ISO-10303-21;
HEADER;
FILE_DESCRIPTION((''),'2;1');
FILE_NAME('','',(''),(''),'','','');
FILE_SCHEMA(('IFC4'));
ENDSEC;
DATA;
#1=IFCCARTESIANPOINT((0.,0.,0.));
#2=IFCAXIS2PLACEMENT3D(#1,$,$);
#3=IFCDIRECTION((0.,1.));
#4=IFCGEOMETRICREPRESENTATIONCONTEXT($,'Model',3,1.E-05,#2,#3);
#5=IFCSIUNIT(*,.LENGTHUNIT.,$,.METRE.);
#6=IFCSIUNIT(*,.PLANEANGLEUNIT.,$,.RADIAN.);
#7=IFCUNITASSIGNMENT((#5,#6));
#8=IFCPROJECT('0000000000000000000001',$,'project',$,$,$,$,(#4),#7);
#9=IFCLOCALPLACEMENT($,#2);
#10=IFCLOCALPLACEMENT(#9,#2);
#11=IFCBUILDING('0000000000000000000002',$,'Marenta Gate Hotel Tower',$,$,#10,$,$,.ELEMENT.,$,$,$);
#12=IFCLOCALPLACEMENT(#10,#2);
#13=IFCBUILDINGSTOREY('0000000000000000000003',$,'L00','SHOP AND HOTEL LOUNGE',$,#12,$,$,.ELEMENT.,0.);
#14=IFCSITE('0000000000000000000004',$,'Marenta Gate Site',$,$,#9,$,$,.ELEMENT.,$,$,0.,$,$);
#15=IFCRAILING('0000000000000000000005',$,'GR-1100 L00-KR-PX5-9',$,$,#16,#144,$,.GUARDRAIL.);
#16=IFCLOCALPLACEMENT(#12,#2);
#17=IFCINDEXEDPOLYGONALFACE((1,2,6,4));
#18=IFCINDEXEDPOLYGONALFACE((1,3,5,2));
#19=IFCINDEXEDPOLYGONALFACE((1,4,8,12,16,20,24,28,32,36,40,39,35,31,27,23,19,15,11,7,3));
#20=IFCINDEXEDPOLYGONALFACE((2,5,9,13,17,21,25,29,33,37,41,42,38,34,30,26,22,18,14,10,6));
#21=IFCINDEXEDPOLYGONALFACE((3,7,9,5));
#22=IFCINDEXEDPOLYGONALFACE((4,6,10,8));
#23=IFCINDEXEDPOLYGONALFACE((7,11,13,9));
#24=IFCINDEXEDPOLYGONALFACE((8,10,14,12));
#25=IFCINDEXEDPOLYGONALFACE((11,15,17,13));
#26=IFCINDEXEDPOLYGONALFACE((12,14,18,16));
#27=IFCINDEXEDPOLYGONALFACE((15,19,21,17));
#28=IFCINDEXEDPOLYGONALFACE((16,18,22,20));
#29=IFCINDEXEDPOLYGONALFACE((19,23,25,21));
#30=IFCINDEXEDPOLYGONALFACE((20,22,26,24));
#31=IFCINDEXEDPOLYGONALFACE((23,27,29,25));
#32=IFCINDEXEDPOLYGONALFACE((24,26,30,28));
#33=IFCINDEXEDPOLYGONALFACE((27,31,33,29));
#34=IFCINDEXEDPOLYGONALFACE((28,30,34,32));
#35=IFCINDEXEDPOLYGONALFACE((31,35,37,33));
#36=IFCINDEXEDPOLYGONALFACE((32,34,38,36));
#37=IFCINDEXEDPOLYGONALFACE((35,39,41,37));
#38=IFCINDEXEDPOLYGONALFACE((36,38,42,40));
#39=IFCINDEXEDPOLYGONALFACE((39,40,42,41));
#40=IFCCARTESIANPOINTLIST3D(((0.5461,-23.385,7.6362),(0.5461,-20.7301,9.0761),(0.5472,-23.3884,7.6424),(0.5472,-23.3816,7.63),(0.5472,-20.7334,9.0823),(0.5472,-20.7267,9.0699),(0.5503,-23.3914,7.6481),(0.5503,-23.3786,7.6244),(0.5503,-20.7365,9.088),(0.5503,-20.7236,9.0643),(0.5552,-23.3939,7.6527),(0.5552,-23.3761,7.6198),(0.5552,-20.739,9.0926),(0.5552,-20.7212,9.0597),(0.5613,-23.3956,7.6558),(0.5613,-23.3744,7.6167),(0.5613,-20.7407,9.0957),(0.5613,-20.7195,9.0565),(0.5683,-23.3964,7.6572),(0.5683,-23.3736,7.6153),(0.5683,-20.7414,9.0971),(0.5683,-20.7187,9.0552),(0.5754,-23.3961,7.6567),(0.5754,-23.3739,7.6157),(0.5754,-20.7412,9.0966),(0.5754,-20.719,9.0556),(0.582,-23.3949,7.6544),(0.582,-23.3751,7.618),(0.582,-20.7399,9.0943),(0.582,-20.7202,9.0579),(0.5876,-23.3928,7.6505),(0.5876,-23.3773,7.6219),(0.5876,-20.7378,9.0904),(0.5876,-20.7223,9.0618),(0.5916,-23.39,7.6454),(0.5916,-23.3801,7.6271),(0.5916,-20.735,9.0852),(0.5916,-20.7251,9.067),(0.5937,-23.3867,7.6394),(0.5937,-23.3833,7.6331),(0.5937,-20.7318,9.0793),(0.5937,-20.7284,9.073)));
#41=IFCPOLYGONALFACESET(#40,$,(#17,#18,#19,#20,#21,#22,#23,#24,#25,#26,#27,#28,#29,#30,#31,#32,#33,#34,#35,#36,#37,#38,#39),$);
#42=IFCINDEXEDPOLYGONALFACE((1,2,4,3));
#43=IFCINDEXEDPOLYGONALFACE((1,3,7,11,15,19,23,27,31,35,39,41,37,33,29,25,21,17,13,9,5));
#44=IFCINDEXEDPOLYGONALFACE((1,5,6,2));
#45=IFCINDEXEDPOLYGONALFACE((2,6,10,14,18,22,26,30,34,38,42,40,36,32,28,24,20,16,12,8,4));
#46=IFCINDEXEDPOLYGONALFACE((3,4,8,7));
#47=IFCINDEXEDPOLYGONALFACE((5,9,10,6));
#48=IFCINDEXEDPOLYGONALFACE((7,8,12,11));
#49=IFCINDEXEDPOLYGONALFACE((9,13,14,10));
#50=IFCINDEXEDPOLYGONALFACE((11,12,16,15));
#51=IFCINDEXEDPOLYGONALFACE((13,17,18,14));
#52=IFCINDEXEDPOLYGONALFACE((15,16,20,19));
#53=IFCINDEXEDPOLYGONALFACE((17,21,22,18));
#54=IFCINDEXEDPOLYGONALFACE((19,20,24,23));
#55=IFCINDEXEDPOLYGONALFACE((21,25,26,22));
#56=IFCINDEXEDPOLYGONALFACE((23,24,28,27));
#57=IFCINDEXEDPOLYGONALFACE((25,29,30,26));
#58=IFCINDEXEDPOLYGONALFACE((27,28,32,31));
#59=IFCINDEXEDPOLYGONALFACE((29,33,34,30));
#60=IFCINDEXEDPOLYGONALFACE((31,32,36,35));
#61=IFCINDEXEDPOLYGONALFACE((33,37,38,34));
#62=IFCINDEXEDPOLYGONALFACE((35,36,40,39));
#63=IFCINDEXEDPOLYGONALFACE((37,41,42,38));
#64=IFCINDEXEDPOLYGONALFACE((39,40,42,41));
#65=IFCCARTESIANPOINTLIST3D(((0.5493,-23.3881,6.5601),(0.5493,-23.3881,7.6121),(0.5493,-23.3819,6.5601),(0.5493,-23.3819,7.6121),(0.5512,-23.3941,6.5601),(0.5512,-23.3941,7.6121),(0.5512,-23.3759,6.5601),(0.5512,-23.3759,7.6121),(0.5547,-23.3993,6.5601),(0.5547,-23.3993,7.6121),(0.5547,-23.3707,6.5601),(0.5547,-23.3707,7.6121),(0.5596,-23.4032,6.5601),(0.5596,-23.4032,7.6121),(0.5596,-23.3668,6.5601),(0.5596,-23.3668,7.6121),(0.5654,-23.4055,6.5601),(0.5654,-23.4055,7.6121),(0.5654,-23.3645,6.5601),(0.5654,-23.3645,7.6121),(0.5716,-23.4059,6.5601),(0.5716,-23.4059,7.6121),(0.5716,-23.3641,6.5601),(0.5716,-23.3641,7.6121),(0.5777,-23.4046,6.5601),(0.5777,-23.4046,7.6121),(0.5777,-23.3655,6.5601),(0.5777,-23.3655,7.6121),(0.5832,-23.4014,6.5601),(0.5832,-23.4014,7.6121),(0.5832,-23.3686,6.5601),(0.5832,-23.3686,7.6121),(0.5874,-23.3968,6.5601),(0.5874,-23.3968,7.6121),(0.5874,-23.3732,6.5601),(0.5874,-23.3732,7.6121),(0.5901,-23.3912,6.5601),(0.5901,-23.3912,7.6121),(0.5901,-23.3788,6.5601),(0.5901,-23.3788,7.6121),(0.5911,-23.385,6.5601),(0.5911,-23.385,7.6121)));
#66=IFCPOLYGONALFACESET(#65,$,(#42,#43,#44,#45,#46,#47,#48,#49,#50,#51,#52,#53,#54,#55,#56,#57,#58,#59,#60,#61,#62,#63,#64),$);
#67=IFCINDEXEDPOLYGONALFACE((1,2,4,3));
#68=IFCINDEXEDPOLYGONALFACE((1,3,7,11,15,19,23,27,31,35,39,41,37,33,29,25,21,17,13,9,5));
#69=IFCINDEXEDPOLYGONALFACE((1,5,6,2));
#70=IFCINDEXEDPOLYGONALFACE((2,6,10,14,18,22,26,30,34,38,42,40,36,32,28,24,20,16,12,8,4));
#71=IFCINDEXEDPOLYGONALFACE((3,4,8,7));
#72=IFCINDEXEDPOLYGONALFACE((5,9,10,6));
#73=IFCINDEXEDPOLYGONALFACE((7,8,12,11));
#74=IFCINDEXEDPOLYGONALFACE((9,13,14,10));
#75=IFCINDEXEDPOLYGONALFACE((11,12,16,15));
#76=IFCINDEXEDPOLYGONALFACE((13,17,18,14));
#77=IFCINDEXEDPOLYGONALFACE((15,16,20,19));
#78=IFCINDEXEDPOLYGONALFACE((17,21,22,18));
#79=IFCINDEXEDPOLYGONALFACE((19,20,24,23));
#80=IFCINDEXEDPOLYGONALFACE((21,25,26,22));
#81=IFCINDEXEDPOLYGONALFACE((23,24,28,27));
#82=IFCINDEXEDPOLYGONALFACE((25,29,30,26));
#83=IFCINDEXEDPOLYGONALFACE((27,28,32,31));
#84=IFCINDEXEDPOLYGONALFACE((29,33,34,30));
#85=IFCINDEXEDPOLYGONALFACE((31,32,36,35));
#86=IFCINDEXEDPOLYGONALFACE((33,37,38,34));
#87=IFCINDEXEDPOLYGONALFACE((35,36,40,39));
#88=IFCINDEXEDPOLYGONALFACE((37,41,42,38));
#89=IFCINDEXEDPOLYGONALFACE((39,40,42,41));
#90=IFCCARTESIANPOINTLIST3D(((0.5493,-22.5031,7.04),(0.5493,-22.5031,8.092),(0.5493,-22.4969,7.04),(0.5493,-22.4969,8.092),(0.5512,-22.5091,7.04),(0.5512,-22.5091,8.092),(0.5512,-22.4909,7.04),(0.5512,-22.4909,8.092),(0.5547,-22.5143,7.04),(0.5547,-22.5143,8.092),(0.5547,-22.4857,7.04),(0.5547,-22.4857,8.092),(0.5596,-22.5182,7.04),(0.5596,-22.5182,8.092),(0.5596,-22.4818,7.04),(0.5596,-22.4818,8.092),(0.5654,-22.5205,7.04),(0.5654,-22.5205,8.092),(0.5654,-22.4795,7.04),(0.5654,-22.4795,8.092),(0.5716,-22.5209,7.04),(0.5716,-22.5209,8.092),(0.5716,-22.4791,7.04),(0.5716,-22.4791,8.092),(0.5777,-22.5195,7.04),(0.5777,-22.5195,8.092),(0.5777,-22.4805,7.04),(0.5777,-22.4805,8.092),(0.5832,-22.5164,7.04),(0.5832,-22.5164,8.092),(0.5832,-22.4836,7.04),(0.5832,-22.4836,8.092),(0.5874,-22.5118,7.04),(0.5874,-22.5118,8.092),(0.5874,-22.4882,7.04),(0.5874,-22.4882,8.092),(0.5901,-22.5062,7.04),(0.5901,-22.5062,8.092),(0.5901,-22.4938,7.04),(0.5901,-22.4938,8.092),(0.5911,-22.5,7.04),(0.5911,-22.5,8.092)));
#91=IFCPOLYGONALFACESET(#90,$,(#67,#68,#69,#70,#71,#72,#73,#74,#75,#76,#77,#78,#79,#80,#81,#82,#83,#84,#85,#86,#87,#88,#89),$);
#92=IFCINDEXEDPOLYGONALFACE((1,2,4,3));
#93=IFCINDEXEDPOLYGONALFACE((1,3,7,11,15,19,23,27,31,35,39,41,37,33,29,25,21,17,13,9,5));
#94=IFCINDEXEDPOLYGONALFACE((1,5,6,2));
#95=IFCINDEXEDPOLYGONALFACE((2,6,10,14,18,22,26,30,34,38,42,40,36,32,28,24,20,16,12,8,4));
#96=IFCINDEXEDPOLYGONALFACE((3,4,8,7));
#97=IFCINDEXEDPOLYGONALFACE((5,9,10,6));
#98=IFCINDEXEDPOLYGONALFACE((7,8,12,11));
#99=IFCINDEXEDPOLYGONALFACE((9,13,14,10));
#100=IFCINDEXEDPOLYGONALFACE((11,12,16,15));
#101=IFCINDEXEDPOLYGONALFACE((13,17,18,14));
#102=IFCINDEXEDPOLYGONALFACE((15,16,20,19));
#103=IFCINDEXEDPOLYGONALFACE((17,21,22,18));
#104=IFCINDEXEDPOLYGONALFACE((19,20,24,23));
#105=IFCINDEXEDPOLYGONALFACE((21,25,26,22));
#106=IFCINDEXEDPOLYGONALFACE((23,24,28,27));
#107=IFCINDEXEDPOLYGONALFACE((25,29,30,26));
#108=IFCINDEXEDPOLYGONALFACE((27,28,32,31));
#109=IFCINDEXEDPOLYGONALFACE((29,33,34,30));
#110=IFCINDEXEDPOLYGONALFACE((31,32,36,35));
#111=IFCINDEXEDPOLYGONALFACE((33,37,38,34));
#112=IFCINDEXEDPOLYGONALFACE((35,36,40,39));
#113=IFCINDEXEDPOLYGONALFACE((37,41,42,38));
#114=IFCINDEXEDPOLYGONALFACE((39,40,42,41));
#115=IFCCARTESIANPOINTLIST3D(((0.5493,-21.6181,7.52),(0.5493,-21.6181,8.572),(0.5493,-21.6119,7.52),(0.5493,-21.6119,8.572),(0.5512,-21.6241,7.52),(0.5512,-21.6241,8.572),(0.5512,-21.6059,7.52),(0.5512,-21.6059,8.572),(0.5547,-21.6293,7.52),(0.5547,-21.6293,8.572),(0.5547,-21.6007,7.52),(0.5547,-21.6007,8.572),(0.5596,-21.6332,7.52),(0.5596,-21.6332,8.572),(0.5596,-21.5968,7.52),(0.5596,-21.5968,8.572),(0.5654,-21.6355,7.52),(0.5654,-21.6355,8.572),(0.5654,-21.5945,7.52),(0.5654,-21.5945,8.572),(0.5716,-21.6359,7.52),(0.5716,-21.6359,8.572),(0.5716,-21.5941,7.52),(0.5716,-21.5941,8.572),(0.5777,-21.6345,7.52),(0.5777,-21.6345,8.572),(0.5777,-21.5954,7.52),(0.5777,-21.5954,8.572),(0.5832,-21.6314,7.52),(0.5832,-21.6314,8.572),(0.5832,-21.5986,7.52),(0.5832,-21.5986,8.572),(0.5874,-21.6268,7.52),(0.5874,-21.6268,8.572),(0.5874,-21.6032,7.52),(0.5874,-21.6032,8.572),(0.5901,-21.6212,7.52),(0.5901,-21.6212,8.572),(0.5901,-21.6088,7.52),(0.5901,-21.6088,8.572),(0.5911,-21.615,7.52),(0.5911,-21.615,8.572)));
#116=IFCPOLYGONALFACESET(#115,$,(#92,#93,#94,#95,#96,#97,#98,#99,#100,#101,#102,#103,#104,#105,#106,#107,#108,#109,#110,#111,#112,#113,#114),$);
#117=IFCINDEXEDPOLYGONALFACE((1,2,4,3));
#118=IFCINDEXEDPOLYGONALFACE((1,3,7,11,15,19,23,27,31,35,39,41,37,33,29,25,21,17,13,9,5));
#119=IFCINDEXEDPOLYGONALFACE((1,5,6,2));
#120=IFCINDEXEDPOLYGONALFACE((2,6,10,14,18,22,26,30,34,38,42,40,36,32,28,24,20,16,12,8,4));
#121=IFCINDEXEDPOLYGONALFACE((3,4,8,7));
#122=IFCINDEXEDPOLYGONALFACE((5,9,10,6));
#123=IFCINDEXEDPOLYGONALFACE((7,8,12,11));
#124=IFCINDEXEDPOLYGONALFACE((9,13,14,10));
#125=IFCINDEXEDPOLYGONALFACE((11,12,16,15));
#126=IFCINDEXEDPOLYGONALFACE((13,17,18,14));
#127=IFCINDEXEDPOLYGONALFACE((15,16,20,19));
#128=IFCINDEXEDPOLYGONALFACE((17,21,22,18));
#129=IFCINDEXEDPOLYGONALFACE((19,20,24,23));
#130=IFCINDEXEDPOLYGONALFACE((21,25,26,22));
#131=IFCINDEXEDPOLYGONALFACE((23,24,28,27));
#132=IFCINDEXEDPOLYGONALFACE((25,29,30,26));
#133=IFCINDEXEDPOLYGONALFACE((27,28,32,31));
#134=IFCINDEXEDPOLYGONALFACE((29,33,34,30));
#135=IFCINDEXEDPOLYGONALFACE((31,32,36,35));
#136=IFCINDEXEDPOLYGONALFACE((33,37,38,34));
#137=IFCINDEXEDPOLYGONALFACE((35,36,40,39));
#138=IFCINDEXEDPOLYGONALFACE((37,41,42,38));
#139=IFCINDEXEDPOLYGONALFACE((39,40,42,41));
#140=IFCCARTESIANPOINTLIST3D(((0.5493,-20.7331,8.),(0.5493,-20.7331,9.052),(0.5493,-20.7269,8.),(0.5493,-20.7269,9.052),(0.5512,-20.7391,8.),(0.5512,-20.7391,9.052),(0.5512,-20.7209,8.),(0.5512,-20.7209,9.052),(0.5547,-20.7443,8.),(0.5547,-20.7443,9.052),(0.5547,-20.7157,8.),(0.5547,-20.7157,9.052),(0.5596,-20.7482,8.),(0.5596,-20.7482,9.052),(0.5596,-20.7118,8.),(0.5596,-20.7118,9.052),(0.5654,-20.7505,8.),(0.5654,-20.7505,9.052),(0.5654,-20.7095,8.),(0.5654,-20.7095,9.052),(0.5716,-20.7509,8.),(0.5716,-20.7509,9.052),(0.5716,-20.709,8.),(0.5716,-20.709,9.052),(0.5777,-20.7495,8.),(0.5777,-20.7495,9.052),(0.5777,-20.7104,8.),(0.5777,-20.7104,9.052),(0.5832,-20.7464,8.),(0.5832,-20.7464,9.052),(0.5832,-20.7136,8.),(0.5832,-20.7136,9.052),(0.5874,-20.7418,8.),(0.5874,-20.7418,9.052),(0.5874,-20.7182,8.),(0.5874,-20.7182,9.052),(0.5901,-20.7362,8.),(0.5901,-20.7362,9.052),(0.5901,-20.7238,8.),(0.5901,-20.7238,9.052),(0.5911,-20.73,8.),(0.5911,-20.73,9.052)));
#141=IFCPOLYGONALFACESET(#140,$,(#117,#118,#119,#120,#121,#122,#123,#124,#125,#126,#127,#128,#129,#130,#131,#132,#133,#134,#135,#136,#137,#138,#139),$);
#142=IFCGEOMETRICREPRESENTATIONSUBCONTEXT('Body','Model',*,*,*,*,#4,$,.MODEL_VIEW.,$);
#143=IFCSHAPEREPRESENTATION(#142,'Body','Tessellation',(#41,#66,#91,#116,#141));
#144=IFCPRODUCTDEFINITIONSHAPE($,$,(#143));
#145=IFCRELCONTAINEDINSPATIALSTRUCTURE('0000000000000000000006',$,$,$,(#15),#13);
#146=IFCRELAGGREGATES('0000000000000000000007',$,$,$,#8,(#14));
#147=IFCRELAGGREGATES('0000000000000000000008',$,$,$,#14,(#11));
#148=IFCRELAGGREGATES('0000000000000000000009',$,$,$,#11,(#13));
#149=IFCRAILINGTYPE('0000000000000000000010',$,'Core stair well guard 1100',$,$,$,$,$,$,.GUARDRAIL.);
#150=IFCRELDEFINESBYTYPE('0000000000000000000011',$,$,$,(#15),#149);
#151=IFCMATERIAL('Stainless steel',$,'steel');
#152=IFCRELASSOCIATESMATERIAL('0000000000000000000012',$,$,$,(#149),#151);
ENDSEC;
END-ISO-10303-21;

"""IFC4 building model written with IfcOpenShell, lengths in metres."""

from ifc_helpers import new_model, si_unit, direction, frame, origin, origin_2d, place, context, subcontext, project, spatial, circle, extrude, material, type_object, element, save


model = new_model("IFC4")

# Units and contexts
model_context = context("Model", 3, precision=1e-05, world=origin(), true_north=direction((0.0, 1.0)))
body_context = subcontext(model_context, "Body", "Model", "MODEL_VIEW")
ifc_project = project(units=[si_unit("LENGTHUNIT", "METRE"), si_unit("PLANEANGLEUNIT", "RADIAN")], contexts=[model_context])

# Site, building, storey
site_placement = place(None, origin())
site = spatial("IfcSite", under=ifc_project, at=site_placement, Name="Marenta Gate Site", CompositionType="ELEMENT", RefElevation=0.0)
building_placement = place(site_placement, origin())
building = spatial("IfcBuilding", under=site, at=building_placement, Name="Marenta Gate Hotel Tower", CompositionType="ELEMENT")
storey_placement = place(building_placement, origin())
storey = spatial("IfcBuildingStorey", under=building, at=storey_placement, Name="L00", Description="SHOP AND HOTEL LOUNGE", CompositionType="ELEMENT", Elevation=0.0)

# Railing
ifc_material_1 = material(Name="Stainless steel", Category="steel")
railing_type = type_object("IfcRailingType", Name="Core stair well guard 1100", PredefinedType="GUARDRAIL", material=ifc_material_1)
railing_placement = place(storey_placement, frame((0.5701, -23.385, 6.5601)))
element("IfcRailing", 1, at=railing_placement, inside=storey, type_object=railing_type, Name="GR-1100 L00-KR-PX5-9", PredefinedType="GUARDRAIL", context=body_context, shape_type="SweptSolid", body=[
    extrude(circle(Radius=0.0239, at=origin_2d()), frame((0.0, 0.0, 1.0762), z_axis=(0.0, 0.879042, 0.476744), x_axis=(-1.0, 0.0, 0.0)), (0.0, 0.0, 1.0), 3.0203),
    extrude(circle(Radius=0.021, at=origin_2d()), origin(), (0.0, 0.0, 1.0), 1.052),
    extrude(circle(Radius=0.021, at=origin_2d()), frame((0.0, 0.885, 0.48)), (0.0, 0.0, 1.0), 1.052),
    extrude(circle(Radius=0.021, at=origin_2d()), frame((0.0, 1.77, 0.96)), (0.0, 0.0, 1.0), 1.052),
    extrude(circle(Radius=0.021, at=origin_2d()), frame((0.0, 2.655, 1.4399)), (0.0, 0.0, 1.0), 1.052),
])

save(model, "model.ifc")
